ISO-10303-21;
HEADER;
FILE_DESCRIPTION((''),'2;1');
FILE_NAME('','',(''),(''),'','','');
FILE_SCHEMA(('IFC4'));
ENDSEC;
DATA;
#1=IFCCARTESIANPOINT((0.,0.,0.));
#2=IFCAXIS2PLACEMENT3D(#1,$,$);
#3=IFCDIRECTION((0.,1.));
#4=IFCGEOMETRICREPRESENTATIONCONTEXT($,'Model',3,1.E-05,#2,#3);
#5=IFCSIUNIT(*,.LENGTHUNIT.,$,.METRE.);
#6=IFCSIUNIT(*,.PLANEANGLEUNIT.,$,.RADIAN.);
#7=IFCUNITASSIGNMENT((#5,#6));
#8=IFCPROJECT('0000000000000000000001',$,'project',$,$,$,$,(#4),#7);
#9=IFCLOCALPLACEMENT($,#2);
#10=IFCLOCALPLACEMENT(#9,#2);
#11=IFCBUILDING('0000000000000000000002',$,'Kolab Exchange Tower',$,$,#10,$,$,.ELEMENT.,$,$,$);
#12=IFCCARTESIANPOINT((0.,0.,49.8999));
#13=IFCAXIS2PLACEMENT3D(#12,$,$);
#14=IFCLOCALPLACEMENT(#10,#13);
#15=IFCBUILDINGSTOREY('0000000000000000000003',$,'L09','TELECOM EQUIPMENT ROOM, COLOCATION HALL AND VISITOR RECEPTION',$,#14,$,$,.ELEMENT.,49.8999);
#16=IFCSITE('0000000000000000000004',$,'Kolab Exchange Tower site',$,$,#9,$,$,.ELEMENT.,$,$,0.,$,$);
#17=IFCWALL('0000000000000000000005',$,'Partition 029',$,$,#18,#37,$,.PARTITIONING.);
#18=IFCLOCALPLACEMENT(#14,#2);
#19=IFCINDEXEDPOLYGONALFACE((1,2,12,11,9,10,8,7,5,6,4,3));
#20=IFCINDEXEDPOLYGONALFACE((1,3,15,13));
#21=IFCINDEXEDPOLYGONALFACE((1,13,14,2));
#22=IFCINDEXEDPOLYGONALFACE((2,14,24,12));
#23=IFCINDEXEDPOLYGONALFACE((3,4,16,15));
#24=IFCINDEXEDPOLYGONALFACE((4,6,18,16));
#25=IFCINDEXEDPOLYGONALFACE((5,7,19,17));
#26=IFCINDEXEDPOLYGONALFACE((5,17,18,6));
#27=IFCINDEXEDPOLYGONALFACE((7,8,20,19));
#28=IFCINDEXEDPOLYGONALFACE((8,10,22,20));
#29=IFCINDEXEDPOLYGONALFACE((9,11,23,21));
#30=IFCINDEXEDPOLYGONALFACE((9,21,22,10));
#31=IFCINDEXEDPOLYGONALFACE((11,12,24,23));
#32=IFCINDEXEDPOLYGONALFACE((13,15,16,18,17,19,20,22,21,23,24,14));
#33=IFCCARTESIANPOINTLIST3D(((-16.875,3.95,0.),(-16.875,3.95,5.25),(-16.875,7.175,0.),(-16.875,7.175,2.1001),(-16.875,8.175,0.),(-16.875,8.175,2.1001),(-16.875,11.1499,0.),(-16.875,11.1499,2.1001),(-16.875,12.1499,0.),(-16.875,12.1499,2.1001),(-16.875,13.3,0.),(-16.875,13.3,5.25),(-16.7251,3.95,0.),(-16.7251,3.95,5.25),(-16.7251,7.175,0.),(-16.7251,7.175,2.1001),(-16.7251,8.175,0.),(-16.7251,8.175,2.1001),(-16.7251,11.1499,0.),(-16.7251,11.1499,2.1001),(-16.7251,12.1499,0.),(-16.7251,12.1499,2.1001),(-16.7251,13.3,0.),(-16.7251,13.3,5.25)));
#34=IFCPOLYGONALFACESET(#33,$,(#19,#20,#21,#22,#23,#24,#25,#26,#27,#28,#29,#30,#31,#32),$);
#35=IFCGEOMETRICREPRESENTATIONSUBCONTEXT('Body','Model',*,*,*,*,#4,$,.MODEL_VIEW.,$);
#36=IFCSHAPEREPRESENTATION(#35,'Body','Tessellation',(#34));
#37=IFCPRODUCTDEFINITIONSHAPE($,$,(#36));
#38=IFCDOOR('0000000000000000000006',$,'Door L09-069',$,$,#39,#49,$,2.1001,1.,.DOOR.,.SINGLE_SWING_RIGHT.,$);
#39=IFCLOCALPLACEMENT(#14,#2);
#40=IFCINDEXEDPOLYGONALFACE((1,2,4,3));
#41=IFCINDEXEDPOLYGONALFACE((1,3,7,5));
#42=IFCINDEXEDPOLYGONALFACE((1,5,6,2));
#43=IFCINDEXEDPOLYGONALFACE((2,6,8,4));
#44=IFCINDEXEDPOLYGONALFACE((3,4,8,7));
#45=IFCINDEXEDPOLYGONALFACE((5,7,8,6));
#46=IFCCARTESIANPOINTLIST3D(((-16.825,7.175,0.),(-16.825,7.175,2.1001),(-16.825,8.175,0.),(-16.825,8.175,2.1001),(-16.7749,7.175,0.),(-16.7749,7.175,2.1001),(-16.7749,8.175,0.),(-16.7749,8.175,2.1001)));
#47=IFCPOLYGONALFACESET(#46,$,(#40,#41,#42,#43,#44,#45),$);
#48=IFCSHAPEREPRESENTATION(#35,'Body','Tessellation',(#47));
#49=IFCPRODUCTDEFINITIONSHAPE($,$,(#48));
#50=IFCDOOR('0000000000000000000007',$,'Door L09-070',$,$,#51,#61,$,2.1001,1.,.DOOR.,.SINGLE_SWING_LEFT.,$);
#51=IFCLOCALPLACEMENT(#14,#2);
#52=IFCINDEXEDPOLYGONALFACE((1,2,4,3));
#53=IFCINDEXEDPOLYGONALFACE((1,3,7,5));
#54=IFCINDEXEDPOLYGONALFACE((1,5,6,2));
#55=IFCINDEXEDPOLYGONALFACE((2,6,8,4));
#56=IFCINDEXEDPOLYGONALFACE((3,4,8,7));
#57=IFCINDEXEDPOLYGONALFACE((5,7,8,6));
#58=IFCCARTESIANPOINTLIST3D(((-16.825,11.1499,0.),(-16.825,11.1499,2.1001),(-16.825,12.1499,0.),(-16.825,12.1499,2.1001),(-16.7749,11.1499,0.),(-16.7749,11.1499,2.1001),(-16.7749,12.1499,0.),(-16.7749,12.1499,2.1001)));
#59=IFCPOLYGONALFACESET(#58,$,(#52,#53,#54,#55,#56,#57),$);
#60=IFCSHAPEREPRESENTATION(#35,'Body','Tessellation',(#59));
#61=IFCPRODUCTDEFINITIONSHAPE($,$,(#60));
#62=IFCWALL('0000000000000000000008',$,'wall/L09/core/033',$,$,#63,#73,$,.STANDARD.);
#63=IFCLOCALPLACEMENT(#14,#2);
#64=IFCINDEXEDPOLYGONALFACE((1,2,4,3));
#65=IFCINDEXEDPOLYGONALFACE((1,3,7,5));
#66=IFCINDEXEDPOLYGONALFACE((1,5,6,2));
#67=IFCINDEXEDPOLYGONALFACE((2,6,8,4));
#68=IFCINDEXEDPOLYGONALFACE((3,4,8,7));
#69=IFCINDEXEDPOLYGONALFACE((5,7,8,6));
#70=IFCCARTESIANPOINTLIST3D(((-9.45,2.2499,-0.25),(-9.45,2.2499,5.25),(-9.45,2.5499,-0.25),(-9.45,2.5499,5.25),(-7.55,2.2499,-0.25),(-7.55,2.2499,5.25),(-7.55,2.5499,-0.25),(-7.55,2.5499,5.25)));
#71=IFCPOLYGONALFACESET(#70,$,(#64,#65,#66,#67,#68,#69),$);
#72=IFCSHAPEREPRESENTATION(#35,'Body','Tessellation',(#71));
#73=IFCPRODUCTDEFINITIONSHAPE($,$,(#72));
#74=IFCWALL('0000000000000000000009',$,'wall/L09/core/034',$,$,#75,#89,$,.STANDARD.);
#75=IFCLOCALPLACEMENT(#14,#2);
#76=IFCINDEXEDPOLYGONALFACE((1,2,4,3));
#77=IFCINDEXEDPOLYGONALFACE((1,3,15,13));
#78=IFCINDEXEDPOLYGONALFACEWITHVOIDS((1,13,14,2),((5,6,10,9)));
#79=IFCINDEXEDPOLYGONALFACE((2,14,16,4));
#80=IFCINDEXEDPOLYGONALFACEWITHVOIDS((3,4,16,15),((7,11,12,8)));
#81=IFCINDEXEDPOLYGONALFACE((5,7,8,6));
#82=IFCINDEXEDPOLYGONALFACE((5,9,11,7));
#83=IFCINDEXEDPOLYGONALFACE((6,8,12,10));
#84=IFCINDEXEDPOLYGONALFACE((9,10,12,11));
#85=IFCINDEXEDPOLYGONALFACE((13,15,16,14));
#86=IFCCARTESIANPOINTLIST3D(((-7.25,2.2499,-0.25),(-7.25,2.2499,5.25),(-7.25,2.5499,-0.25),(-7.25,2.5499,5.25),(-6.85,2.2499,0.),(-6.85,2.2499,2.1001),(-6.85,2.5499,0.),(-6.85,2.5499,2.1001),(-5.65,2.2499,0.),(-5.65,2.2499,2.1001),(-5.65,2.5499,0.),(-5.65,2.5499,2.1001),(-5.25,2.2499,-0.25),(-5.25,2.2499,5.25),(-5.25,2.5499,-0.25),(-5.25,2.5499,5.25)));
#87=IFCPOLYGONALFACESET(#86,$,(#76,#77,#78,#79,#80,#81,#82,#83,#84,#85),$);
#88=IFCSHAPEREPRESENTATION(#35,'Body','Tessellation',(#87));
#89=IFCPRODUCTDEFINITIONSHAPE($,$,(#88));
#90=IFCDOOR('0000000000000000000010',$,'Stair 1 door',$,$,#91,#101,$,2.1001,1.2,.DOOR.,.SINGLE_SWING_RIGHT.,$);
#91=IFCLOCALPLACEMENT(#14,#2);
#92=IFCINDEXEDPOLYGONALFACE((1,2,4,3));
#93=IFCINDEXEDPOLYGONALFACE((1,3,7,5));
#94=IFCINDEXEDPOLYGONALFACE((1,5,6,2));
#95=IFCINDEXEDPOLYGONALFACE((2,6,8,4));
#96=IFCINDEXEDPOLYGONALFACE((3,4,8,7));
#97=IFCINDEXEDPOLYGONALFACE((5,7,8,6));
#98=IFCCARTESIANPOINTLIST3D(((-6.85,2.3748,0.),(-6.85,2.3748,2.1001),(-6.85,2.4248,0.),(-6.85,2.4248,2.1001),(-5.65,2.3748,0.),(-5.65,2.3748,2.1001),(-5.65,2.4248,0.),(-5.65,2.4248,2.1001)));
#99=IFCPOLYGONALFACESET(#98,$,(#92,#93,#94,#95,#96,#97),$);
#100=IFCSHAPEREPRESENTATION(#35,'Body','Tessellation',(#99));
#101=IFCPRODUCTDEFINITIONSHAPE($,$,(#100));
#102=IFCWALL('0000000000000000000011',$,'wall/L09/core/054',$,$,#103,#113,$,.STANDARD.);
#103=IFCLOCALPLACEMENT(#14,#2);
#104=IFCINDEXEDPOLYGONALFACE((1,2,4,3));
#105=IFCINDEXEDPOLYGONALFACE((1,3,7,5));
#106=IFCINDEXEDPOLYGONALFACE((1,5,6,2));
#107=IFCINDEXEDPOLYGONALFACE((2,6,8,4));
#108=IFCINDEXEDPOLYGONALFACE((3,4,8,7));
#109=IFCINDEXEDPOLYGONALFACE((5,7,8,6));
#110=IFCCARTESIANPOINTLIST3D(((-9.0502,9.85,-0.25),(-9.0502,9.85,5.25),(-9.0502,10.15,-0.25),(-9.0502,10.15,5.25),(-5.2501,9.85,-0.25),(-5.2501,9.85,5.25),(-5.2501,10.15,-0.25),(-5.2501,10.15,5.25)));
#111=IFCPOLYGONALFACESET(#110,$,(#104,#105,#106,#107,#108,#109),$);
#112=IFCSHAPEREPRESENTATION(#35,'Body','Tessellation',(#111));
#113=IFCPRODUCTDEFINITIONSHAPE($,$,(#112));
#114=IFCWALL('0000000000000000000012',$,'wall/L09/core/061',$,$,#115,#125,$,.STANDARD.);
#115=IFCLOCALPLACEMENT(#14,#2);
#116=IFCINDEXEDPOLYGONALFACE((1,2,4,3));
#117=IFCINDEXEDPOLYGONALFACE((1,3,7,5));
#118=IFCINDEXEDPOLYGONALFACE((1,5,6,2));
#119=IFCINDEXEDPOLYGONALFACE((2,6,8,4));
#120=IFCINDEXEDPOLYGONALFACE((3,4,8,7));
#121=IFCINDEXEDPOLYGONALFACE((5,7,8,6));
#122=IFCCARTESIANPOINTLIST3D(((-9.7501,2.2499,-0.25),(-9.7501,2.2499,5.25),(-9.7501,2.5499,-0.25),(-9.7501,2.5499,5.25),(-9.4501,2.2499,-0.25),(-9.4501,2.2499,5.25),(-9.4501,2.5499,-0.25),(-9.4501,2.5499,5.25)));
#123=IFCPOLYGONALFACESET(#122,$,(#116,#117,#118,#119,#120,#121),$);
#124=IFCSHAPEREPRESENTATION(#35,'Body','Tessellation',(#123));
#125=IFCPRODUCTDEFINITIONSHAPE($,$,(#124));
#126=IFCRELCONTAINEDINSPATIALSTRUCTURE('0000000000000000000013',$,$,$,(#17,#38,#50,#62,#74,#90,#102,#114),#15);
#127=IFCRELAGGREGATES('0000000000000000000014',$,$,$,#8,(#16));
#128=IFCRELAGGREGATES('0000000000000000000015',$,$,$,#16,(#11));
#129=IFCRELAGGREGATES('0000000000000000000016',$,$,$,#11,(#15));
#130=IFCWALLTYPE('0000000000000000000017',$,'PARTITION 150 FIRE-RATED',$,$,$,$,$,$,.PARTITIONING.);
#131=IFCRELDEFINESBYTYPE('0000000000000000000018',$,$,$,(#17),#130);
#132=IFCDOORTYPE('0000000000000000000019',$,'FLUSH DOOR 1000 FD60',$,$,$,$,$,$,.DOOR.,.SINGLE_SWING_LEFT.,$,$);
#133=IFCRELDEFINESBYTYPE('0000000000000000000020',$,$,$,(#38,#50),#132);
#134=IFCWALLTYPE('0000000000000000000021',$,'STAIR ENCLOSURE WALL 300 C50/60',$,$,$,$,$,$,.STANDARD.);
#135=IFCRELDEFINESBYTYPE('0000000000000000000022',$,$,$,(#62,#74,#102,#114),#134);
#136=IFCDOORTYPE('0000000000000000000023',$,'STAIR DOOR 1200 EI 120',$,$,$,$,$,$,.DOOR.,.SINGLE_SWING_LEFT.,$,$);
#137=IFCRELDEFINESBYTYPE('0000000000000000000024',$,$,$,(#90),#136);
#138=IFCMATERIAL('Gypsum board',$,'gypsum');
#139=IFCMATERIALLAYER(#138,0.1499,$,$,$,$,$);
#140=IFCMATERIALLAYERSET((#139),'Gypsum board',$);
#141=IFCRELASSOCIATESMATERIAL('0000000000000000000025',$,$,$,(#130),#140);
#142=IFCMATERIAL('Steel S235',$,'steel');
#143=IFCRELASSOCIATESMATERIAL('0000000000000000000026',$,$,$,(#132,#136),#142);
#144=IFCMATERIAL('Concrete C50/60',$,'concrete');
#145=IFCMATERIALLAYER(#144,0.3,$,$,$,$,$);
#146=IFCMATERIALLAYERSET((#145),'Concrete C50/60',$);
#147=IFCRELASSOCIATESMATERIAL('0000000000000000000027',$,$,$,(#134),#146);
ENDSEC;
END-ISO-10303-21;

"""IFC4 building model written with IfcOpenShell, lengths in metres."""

from ifc_helpers import new_model, si_unit, direction, frame, frame_2d, origin, place, context, subcontext, project, spatial, rectangle, extrude, material, layer, layer_set, type_object, element, fill, save


model = new_model("IFC4")

# Units and contexts
model_context = context("Model", 3, precision=1e-05, world=origin(), true_north=direction((0.0, 1.0)))
body_context = subcontext(model_context, "Body", "Model", "MODEL_VIEW")
ifc_project = project(units=[si_unit("LENGTHUNIT", "METRE"), si_unit("PLANEANGLEUNIT", "RADIAN")], contexts=[model_context])

# Site, building, storey
site_placement = place(None, origin())
site = spatial("IfcSite", under=ifc_project, at=site_placement, Name="Kolab Exchange Tower site", CompositionType="ELEMENT", RefElevation=0.0)
building_placement = place(site_placement, origin())
building = spatial("IfcBuilding", under=site, at=building_placement, Name="Kolab Exchange Tower", CompositionType="ELEMENT")
storey_placement = place(building_placement, frame((0.0, 0.0, 49.8999)))
storey = spatial("IfcBuildingStorey", under=building, at=storey_placement, Name="L09", Description="TELECOM EQUIPMENT ROOM, COLOCATION HALL AND VISITOR RECEPTION", CompositionType="ELEMENT", Elevation=49.8999)

# Shared definitions
ifc_material_1 = material(Name="Steel S235", Category="steel")

# Shared definitions
ifc_material_2 = material(Name="Concrete C50/60", Category="concrete")
ifc_material_3 = material(Name="Gypsum board", Category="gypsum")

# Wall, openings, doors
ifc_layer_1 = layer(ifc_material_3, 0.1499)
ifc_layer_set_1 = layer_set([ifc_layer_1], Name="Gypsum board")
wall_type_1 = type_object("IfcWallType", Name="PARTITION 150 FIRE-RATED", PredefinedType="PARTITIONING", material=ifc_layer_set_1)
wall_1_placement = place(storey_placement, frame((-16.8, 3.95, 0.0), z_axis=(0.0, 0.0, 1.0), x_axis=(0.0, 1.0, 0.0)))
wall_1 = element("IfcWall", 1, at=wall_1_placement, inside=storey, type_object=wall_type_1, Name="Partition 029", PredefinedType="PARTITIONING", context=body_context, shape_type="SweptSolid", body=[
    extrude(rectangle(XDim=9.3501, YDim=0.1499, at=frame_2d((4.675, 0.0))), origin(), (0.0, 0.0, 1.0), 5.25),
])
opening_1_placement = place(wall_1_placement, frame((3.2251, 0.0, 0.0)))
opening_1 = element("IfcOpeningElement", 2, at=opening_1_placement, cuts=wall_1, PredefinedType="OPENING", context=body_context, shape_type="SweptSolid", body=[
    extrude(rectangle(XDim=1.0, YDim=2.1001, at=frame_2d((0.5, 1.05))), frame((0.0, 0.085, 0.0), z_axis=(0.0, -1.0, 0.0), x_axis=(1.0, 0.0, 0.0)), (0.0, 0.0, 1.0), 0.1699),
])
opening_2_placement = place(wall_1_placement, frame((7.2, 0.0, 0.0)))
opening_2 = element("IfcOpeningElement", 3, at=opening_2_placement, cuts=wall_1, PredefinedType="OPENING", context=body_context, shape_type="SweptSolid", body=[
    extrude(rectangle(XDim=1.0, YDim=2.1001, at=frame_2d((0.5, 1.05))), frame((0.0, 0.085, 0.0), z_axis=(0.0, -1.0, 0.0), x_axis=(1.0, 0.0, 0.0)), (0.0, 0.0, 1.0), 0.1699),
])
door_type_1 = type_object("IfcDoorType", Name="FLUSH DOOR 1000 FD60", OperationType="SINGLE_SWING_LEFT", PredefinedType="DOOR", material=ifc_material_1)
door_1_placement = place(opening_1_placement, origin())
door_1 = element("IfcDoor", 4, at=door_1_placement, inside=storey, type_object=door_type_1, Name="Door L09-069", OperationType="SINGLE_SWING_RIGHT", OverallHeight=2.1001, OverallWidth=1.0, PredefinedType="DOOR", context=body_context, shape_type="SweptSolid", body=[
    extrude(rectangle(XDim=1.0, YDim=2.1001, at=frame_2d((0.5, 1.05))), frame((0.0, 0.0249, 0.0), z_axis=(0.0, -1.0, 0.0), x_axis=(1.0, 0.0, 0.0)), (0.0, 0.0, 1.0), 0.05),
])
fill(opening_1, door_1)
door_2_placement = place(opening_2_placement, origin())
door_2 = element("IfcDoor", 5, at=door_2_placement, inside=storey, type_object=door_type_1, Name="Door L09-070", OperationType="SINGLE_SWING_LEFT", OverallHeight=2.1001, OverallWidth=1.0, PredefinedType="DOOR", context=body_context, shape_type="SweptSolid", body=[
    extrude(rectangle(XDim=1.0, YDim=2.1001, at=frame_2d((0.5, 1.05))), frame((0.0, 0.0249, 0.0), z_axis=(0.0, -1.0, 0.0), x_axis=(1.0, 0.0, 0.0)), (0.0, 0.0, 1.0), 0.05),
])
fill(opening_2, door_2)

# Wall
ifc_layer_2 = layer(ifc_material_2, 0.3)
ifc_layer_set_2 = layer_set([ifc_layer_2], Name="Concrete C50/60")
wall_type_2 = type_object("IfcWallType", Name="STAIR ENCLOSURE WALL 300 C50/60", PredefinedType="STANDARD", material=ifc_layer_set_2)
wall_2_placement = place(storey_placement, frame((-9.45, 2.3999, -0.25), z_axis=(0.0, 0.0, 1.0), x_axis=(1.0, 0.0, 0.0)))
element("IfcWall", 6, at=wall_2_placement, inside=storey, type_object=wall_type_2, Name="wall/L09/core/033", PredefinedType="STANDARD", context=body_context, shape_type="SweptSolid", body=[
    extrude(rectangle(XDim=1.8999, YDim=0.3, at=frame_2d((0.95, 0.0))), origin(), (0.0, 0.0, 1.0), 5.5),
])

# Wall, opening, door
wall_3_placement = place(storey_placement, frame((-7.25, 2.3999, -0.25), z_axis=(0.0, 0.0, 1.0), x_axis=(1.0, 0.0, 0.0)))
wall_3 = element("IfcWall", 7, at=wall_3_placement, inside=storey, type_object=wall_type_2, Name="wall/L09/core/034", PredefinedType="STANDARD", context=body_context, shape_type="SweptSolid", body=[
    extrude(rectangle(XDim=2.0, YDim=0.3, at=frame_2d((1.0, 0.0))), origin(), (0.0, 0.0, 1.0), 5.5),
])
opening_3_placement = place(wall_3_placement, frame((0.3999, 0.0, 0.25)))
opening_3 = element("IfcOpeningElement", 8, at=opening_3_placement, cuts=wall_3, PredefinedType="OPENING", context=body_context, shape_type="SweptSolid", body=[
    extrude(rectangle(XDim=1.2, YDim=2.1001, at=frame_2d((0.6001, 1.05))), frame((0.0, 0.1602, 0.0), z_axis=(0.0, -1.0, 0.0), x_axis=(1.0, 0.0, 0.0)), (0.0, 0.0, 1.0), 0.3201),
])
door_type_2 = type_object("IfcDoorType", Name="STAIR DOOR 1200 EI 120", OperationType="SINGLE_SWING_LEFT", PredefinedType="DOOR", material=ifc_material_1)
door_3_placement = place(opening_3_placement, origin())
door_3 = element("IfcDoor", 9, at=door_3_placement, inside=storey, type_object=door_type_2, Name="Stair 1 door", OperationType="SINGLE_SWING_RIGHT", OverallHeight=2.1001, OverallWidth=1.2, PredefinedType="DOOR", context=body_context, shape_type="SweptSolid", body=[
    extrude(rectangle(XDim=1.2, YDim=2.1001, at=frame_2d((0.6001, 1.05))), frame((0.0, 0.0249, 0.0), z_axis=(0.0, -1.0, 0.0), x_axis=(1.0, 0.0, 0.0)), (0.0, 0.0, 1.0), 0.05),
])
fill(opening_3, door_3)

# Walls
wall_4_placement = place(storey_placement, frame((-9.05, 10.0, -0.25), z_axis=(0.0, 0.0, 1.0), x_axis=(1.0, 0.0, 0.0)))
element("IfcWall", 10, at=wall_4_placement, inside=storey, type_object=wall_type_2, Name="wall/L09/core/054", PredefinedType="STANDARD", context=body_context, shape_type="SweptSolid", body=[
    extrude(rectangle(XDim=3.8, YDim=0.3, at=frame_2d((1.8999, 0.0))), origin(), (0.0, 0.0, 1.0), 5.5),
])
wall_5_placement = place(storey_placement, frame((-9.6001, 2.25, -0.25), z_axis=(0.0, 0.0, 1.0), x_axis=(0.0, 1.0, 0.0)))
element("IfcWall", 11, at=wall_5_placement, inside=storey, type_object=wall_type_2, Name="wall/L09/core/061", PredefinedType="STANDARD", context=body_context, shape_type="SweptSolid", body=[
    extrude(rectangle(XDim=0.3, YDim=0.3, at=frame_2d((0.1499, 0.0))), origin(), (0.0, 0.0, 1.0), 5.5),
])

save(model, "model.ifc")
